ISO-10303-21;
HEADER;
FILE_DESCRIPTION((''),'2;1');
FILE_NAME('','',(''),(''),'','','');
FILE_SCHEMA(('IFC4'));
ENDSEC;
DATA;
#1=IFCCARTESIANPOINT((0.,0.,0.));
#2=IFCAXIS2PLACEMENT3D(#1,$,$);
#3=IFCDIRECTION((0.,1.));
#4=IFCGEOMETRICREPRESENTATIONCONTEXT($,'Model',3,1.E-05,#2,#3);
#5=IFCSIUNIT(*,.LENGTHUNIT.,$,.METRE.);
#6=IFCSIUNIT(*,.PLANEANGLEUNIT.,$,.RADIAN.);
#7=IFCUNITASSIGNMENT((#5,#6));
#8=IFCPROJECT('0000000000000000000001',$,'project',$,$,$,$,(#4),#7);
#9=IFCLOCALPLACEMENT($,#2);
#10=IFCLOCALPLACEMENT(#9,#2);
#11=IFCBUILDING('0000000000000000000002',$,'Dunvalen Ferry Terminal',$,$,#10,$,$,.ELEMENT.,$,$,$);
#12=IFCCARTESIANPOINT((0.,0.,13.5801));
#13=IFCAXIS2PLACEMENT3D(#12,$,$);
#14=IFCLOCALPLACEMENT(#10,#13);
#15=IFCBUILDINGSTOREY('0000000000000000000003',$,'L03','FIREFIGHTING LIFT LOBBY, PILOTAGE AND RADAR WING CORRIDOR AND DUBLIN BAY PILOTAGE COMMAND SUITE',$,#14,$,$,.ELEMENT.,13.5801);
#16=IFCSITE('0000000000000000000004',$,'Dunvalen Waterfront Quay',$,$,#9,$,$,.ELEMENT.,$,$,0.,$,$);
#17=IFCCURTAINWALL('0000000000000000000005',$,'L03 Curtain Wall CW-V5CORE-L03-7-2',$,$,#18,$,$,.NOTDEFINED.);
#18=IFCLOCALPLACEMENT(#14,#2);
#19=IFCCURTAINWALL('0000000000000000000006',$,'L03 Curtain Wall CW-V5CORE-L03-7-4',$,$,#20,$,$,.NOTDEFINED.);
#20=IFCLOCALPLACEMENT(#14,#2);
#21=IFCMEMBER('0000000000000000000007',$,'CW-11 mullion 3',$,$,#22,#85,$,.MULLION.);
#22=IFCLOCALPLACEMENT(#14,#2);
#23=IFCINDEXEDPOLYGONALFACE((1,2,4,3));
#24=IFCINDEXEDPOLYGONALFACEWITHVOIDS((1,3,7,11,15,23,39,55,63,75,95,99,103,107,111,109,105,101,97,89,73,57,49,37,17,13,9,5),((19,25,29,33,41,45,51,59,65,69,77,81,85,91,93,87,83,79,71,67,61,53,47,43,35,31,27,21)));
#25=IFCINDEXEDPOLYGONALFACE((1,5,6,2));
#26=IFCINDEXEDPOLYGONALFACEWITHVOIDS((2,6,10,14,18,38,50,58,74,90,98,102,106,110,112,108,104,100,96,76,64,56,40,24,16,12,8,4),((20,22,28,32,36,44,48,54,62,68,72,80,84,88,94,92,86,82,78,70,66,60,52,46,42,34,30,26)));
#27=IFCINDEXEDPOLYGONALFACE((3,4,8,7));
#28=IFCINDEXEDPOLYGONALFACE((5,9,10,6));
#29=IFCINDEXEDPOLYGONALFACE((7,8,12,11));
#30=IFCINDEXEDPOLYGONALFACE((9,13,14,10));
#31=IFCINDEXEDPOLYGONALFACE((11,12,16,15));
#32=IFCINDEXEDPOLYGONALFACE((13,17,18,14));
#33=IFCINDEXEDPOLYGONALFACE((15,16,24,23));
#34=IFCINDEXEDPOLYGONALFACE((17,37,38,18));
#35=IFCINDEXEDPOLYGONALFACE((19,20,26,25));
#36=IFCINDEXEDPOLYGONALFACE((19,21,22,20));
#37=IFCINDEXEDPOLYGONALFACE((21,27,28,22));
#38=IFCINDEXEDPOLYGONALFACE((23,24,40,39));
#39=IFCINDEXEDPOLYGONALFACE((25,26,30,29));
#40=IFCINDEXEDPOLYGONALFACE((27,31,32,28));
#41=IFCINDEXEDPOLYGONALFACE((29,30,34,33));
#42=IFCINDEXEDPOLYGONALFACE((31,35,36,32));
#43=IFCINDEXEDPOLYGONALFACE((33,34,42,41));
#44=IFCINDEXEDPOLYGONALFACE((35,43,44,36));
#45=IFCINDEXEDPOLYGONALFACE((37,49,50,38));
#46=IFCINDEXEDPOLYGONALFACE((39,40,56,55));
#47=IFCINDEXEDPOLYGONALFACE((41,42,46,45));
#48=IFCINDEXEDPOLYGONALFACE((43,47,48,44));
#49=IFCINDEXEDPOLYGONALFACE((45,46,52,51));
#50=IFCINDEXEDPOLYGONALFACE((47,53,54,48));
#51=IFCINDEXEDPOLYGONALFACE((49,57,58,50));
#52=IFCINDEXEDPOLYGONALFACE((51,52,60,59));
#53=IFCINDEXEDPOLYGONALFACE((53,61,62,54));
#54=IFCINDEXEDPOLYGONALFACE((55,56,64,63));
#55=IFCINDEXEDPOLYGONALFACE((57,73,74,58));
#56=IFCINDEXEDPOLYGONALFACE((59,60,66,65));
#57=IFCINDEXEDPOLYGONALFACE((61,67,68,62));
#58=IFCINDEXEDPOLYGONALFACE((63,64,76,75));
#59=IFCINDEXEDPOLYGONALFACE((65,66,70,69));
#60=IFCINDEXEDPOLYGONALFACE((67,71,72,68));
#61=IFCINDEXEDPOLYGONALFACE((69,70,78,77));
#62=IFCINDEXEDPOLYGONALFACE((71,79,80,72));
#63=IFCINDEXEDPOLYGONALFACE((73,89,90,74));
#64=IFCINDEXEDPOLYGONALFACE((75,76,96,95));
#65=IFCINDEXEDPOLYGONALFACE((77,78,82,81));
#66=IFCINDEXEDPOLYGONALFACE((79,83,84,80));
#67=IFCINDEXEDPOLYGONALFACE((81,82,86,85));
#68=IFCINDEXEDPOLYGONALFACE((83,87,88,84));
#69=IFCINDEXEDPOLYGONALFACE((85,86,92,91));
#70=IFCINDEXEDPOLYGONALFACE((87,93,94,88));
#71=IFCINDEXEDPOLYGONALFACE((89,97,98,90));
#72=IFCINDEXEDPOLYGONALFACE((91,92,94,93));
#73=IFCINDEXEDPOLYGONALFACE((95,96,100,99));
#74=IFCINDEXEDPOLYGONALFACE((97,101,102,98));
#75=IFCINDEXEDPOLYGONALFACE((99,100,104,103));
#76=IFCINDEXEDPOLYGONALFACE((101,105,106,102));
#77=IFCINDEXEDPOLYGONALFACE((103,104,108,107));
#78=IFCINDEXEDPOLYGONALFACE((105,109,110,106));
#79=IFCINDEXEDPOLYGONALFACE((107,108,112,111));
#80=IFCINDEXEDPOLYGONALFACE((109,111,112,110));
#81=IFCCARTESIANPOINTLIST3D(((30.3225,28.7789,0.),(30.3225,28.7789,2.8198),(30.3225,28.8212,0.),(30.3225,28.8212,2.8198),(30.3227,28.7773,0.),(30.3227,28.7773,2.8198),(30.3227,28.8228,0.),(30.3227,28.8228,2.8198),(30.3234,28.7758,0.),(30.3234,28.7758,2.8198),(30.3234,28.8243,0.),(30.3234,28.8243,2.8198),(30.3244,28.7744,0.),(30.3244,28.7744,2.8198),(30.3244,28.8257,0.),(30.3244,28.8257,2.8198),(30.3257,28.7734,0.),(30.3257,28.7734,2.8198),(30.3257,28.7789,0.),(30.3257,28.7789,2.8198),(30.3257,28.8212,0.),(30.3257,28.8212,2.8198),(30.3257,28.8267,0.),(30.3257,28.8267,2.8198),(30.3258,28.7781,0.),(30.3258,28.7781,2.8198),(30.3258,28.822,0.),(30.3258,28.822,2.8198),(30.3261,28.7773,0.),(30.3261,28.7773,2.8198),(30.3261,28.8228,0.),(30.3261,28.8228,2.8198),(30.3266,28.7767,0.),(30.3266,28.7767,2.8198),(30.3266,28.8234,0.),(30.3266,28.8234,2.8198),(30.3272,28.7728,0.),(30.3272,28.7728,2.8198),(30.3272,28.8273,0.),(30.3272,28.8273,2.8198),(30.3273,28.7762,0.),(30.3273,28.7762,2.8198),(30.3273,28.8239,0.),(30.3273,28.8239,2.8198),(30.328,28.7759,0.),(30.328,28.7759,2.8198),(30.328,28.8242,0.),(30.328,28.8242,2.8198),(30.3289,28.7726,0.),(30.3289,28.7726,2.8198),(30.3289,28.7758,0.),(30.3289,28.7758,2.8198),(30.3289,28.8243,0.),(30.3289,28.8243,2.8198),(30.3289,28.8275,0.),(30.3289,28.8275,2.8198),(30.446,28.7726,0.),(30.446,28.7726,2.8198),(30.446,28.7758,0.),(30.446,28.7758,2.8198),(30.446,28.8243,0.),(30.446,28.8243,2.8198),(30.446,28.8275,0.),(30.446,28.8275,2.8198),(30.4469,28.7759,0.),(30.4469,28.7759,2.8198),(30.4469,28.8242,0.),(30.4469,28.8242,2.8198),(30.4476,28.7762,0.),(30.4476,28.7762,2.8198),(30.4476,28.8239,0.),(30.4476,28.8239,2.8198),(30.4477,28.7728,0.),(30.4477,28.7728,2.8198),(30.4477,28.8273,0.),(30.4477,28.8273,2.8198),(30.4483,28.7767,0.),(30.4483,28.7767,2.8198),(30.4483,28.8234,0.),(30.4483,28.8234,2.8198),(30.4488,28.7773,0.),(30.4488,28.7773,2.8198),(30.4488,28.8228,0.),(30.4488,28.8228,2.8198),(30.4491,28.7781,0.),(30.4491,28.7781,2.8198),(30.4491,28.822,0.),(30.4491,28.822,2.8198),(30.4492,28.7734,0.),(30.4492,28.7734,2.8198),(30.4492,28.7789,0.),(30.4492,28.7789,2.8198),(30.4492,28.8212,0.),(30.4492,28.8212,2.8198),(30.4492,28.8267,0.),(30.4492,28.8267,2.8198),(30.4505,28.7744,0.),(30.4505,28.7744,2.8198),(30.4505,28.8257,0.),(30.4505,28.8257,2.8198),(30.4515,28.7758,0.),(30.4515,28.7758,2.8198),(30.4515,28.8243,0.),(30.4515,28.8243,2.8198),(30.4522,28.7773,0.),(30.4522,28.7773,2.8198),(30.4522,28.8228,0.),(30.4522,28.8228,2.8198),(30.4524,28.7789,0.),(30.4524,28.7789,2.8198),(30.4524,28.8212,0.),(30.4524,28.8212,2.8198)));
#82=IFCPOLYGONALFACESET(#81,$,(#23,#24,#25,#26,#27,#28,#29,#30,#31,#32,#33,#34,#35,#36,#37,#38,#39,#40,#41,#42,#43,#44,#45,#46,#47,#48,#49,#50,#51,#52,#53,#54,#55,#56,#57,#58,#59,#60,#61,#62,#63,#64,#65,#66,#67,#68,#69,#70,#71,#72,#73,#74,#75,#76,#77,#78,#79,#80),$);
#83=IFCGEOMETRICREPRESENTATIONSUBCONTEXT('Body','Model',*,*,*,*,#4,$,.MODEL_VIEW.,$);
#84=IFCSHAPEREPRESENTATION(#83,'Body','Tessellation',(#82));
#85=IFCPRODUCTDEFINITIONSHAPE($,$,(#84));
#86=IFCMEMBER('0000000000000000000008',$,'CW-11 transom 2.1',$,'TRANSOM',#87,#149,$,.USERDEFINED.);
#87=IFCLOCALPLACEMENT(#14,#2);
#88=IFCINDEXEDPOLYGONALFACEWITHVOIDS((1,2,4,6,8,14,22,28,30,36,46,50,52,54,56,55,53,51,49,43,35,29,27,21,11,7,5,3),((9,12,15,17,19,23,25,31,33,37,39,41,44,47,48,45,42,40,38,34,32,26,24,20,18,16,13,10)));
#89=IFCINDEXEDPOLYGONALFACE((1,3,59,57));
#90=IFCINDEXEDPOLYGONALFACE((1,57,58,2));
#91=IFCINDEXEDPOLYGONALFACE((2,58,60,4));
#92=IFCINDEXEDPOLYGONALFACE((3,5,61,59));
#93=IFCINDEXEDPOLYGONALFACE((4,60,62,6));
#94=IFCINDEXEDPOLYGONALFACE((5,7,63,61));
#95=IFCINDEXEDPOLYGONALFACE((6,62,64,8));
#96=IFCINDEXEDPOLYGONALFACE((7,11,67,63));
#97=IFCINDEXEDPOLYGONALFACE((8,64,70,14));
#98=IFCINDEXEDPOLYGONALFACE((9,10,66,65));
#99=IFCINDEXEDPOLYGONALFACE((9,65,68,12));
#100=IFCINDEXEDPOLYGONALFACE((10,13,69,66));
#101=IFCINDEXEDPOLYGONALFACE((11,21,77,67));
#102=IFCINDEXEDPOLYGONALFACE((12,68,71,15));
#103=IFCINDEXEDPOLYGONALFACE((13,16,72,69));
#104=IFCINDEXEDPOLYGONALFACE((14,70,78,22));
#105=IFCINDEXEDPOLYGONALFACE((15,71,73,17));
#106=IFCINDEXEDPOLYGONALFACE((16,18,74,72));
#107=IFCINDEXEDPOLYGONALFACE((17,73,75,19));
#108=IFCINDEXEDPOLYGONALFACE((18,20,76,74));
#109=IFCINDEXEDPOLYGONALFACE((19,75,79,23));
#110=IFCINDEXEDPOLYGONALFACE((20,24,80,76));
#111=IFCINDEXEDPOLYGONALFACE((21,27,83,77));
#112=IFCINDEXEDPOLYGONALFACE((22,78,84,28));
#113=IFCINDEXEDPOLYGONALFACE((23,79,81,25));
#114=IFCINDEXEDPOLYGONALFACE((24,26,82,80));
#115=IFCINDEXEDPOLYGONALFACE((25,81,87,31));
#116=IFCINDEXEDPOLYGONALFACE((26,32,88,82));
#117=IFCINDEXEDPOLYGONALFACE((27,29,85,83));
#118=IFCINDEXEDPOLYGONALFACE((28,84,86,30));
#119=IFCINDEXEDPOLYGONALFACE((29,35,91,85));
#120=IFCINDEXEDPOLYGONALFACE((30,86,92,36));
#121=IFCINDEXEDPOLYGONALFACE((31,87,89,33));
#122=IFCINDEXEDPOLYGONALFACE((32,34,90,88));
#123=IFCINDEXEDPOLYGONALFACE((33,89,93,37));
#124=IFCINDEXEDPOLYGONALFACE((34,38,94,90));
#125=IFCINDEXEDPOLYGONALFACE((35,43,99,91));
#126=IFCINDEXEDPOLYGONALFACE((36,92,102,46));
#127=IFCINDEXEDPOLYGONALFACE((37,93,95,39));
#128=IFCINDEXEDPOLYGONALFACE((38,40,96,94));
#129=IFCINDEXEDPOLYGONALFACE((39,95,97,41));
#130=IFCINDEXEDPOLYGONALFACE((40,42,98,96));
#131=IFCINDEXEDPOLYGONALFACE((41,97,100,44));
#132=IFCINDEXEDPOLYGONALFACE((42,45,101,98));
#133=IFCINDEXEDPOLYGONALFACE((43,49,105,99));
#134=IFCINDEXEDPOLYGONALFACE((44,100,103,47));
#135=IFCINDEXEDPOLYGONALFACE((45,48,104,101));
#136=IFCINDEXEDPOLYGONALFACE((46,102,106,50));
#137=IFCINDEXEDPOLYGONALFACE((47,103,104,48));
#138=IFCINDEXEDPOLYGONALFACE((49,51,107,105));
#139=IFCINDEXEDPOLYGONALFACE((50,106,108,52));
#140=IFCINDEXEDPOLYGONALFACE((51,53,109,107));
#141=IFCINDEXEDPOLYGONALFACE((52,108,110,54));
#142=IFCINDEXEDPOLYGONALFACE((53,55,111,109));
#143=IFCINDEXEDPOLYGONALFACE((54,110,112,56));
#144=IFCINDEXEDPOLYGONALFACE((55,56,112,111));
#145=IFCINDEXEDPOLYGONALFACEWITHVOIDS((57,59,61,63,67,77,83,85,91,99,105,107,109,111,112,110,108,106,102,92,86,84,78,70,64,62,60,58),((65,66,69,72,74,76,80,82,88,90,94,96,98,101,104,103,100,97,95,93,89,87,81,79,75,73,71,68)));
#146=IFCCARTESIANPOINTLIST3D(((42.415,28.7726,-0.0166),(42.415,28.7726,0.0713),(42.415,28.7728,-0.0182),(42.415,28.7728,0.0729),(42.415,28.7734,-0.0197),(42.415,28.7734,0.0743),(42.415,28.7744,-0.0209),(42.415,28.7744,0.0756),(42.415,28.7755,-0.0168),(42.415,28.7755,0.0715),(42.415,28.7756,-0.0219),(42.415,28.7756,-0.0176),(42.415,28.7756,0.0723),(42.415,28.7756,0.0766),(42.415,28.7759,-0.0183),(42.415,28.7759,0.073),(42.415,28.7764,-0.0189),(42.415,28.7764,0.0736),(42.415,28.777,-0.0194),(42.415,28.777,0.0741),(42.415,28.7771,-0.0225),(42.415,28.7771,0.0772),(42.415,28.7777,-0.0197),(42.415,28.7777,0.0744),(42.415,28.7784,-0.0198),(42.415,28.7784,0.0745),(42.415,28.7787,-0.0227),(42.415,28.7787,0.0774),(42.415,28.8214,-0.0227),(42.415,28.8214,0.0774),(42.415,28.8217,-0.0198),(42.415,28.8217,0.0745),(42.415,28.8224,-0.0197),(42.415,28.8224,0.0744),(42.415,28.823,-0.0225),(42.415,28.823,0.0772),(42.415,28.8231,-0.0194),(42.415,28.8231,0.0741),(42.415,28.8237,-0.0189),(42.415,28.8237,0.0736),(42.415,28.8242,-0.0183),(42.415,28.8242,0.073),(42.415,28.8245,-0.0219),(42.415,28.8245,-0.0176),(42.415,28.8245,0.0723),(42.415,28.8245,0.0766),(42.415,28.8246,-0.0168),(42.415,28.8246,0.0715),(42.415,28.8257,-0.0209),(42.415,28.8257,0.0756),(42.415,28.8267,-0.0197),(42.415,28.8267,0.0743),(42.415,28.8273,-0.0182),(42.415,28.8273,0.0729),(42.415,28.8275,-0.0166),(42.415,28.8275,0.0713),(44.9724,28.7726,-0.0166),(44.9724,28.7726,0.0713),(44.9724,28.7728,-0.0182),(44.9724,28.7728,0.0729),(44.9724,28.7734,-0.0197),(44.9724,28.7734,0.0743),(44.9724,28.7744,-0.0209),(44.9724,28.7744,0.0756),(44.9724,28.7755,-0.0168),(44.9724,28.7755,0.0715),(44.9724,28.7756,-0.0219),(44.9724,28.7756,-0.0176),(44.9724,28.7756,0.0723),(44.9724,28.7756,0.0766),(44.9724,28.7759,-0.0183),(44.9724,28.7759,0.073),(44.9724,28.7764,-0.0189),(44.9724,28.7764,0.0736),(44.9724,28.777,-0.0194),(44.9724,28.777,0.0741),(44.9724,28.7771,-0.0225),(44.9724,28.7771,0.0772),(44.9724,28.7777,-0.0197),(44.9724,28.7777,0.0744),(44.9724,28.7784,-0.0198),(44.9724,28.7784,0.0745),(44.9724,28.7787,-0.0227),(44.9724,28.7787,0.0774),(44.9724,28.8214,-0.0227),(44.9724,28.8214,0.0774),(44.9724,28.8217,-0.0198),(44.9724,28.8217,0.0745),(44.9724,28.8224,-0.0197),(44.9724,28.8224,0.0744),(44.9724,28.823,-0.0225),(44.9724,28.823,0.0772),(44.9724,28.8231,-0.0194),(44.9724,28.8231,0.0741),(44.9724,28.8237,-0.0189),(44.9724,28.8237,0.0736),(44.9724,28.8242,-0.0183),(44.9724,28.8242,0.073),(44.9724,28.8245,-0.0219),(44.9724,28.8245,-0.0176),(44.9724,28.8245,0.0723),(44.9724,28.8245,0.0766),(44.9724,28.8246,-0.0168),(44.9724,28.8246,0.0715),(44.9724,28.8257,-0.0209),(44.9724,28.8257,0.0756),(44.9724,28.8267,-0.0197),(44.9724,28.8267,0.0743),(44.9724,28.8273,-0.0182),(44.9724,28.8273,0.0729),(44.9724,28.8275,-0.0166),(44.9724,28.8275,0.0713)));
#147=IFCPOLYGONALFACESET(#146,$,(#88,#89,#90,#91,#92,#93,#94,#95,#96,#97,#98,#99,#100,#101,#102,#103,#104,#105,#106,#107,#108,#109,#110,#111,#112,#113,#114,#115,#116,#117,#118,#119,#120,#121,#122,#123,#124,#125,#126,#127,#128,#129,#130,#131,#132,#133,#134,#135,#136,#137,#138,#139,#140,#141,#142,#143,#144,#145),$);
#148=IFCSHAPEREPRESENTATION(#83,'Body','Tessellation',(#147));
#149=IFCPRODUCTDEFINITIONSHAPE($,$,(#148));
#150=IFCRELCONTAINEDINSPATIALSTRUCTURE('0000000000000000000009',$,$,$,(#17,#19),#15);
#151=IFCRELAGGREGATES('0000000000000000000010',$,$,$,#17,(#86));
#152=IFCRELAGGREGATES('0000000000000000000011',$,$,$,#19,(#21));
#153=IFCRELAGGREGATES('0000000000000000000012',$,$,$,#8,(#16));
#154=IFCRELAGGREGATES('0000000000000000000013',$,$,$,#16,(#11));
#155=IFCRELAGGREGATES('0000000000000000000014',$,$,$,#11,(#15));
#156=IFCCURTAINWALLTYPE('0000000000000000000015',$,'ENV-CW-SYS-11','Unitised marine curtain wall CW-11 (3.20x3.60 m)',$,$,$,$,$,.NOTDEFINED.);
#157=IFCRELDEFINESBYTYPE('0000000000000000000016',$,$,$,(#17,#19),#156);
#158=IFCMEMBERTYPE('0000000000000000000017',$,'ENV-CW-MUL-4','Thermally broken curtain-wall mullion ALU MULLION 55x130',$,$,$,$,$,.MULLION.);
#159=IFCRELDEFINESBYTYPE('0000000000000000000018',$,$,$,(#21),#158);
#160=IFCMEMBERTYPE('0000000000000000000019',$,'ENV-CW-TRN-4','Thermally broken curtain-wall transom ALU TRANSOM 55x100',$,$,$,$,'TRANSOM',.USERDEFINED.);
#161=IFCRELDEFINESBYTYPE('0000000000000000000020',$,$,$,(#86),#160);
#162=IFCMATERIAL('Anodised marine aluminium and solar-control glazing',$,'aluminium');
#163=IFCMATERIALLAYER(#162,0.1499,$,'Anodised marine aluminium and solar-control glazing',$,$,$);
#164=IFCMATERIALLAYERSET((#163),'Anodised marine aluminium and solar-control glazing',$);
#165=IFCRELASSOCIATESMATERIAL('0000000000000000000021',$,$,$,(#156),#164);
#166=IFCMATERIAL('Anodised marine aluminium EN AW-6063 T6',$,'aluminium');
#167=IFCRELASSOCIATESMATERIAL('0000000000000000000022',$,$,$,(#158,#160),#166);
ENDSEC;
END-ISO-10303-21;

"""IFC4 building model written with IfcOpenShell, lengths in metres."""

from ifc_helpers import new_model, si_unit, direction, frame, origin, origin_2d, place, context, subcontext, project, spatial, hollow_rectangle, extrude, material, layer, layer_set, material_profile, profile_set, type_object, element, aggregate, save


model = new_model("IFC4")

# Units and contexts
model_context = context("Model", 3, precision=1e-05, world=origin(), true_north=direction((0.0, 1.0)))
body_context = subcontext(model_context, "Body", "Model", "MODEL_VIEW")
ifc_project = project(units=[si_unit("LENGTHUNIT", "METRE"), si_unit("PLANEANGLEUNIT", "RADIAN")], contexts=[model_context])

# Site, building, storey
site_placement = place(None, origin())
site = spatial("IfcSite", under=ifc_project, at=site_placement, Name="Dunvalen Waterfront Quay", CompositionType="ELEMENT", RefElevation=0.0)
building_placement = place(site_placement, origin())
building = spatial("IfcBuilding", under=site, at=building_placement, Name="Dunvalen Ferry Terminal", CompositionType="ELEMENT")
storey_placement = place(building_placement, frame((0.0, 0.0, 13.5801)))
storey = spatial("IfcBuildingStorey", under=building, at=storey_placement, Name="L03", Description="FIREFIGHTING LIFT LOBBY, PILOTAGE AND RADAR WING CORRIDOR AND DUBLIN BAY PILOTAGE COMMAND SUITE", CompositionType="ELEMENT", Elevation=13.5801)

# Curtain walls, member
ifc_material_1 = material(Name="Anodised marine aluminium and solar-control glazing", Category="aluminium")
ifc_layer_1 = layer(ifc_material_1, 0.1499, Name="Anodised marine aluminium and solar-control glazing")
ifc_layer_set_1 = layer_set([ifc_layer_1], Name="Anodised marine aluminium and solar-control glazing")
curtain_wall_type = type_object("IfcCurtainWallType", Name="ENV-CW-SYS-11", Description="Unitised marine curtain wall CW-11 (3.20x3.60 m)", PredefinedType="NOTDEFINED", material=ifc_layer_set_1)
curtain_wall_1_placement = place(storey_placement, origin())
curtain_wall_1 = element("IfcCurtainWall", 1, at=curtain_wall_1_placement, inside=storey, type_object=curtain_wall_type, Name="L03 Curtain Wall CW-V5CORE-L03-7-2", PredefinedType="NOTDEFINED")
ifc_material_2 = material(Name="Anodised marine aluminium EN AW-6063 T6", Category="aluminium")
ifc_material_profile_1 = material_profile(ifc_material_2, hollow_rectangle(XDim=0.0549, YDim=0.1299, WallThickness=0.0032, InnerFilletRadius=0.0032, OuterFilletRadius=0.0063, at=origin_2d()), Name="Anodised marine aluminium EN AW-6063 T6")
ifc_profile_set_1 = profile_set([ifc_material_profile_1], Name="Anodised marine aluminium EN AW-6063 T6")
member_type_1 = type_object("IfcMemberType", Name="ENV-CW-MUL-4", Description="Thermally broken curtain-wall mullion ALU MULLION 55x130", PredefinedType="MULLION", material=ifc_profile_set_1)
curtain_wall_2_placement = place(storey_placement, origin())
curtain_wall_2 = element("IfcCurtainWall", 2, at=curtain_wall_2_placement, inside=storey, type_object=curtain_wall_type, Name="L03 Curtain Wall CW-V5CORE-L03-7-4", PredefinedType="NOTDEFINED")
member_1_placement = place(storey_placement, frame((30.3875, 28.8, 0.0), z_axis=(0.0, 0.0, 1.0), x_axis=(0.0, -1.0, 0.0)))
member_1 = element("IfcMember", 3, at=member_1_placement, type_object=member_type_1, Name="CW-11 mullion 3", PredefinedType="MULLION", context=body_context, shape_type="SweptSolid", body=[
    extrude(hollow_rectangle(XDim=0.0549, YDim=0.1299, WallThickness=0.0032, InnerFilletRadius=0.0032, OuterFilletRadius=0.0063, at=origin_2d()), origin(), (0.0, 0.0, 1.0), 2.8198),
])

# Member
ifc_material_profile_2 = material_profile(ifc_material_2, hollow_rectangle(XDim=0.0549, YDim=0.1001, WallThickness=0.0029, InnerFilletRadius=0.0029, OuterFilletRadius=0.0061, at=origin_2d()), Name="Anodised marine aluminium EN AW-6063 T6")
ifc_profile_set_2 = profile_set([ifc_material_profile_2], Name="Anodised marine aluminium EN AW-6063 T6")
member_type_2 = type_object("IfcMemberType", Name="ENV-CW-TRN-4", Description="Thermally broken curtain-wall transom ALU TRANSOM 55x100", ElementType="TRANSOM", PredefinedType="USERDEFINED", material=ifc_profile_set_2)
member_2_placement = place(storey_placement, frame((44.9724, 28.8, 0.0273), z_axis=(-1.0, 0.0, 0.0), x_axis=(0.0, -1.0, 0.0)))
member_2 = element("IfcMember", 4, at=member_2_placement, type_object=member_type_2, Name="CW-11 transom 2.1", ObjectType="TRANSOM", PredefinedType="USERDEFINED", context=body_context, shape_type="SweptSolid", body=[
    extrude(hollow_rectangle(XDim=0.0549, YDim=0.1001, WallThickness=0.0029, InnerFilletRadius=0.0029, OuterFilletRadius=0.0061, at=origin_2d()), origin(), (0.0, 0.0, 1.0), 2.5574),
])

aggregate(curtain_wall_1, [member_2])
aggregate(curtain_wall_2, [member_1])

save(model, "model.ifc")
